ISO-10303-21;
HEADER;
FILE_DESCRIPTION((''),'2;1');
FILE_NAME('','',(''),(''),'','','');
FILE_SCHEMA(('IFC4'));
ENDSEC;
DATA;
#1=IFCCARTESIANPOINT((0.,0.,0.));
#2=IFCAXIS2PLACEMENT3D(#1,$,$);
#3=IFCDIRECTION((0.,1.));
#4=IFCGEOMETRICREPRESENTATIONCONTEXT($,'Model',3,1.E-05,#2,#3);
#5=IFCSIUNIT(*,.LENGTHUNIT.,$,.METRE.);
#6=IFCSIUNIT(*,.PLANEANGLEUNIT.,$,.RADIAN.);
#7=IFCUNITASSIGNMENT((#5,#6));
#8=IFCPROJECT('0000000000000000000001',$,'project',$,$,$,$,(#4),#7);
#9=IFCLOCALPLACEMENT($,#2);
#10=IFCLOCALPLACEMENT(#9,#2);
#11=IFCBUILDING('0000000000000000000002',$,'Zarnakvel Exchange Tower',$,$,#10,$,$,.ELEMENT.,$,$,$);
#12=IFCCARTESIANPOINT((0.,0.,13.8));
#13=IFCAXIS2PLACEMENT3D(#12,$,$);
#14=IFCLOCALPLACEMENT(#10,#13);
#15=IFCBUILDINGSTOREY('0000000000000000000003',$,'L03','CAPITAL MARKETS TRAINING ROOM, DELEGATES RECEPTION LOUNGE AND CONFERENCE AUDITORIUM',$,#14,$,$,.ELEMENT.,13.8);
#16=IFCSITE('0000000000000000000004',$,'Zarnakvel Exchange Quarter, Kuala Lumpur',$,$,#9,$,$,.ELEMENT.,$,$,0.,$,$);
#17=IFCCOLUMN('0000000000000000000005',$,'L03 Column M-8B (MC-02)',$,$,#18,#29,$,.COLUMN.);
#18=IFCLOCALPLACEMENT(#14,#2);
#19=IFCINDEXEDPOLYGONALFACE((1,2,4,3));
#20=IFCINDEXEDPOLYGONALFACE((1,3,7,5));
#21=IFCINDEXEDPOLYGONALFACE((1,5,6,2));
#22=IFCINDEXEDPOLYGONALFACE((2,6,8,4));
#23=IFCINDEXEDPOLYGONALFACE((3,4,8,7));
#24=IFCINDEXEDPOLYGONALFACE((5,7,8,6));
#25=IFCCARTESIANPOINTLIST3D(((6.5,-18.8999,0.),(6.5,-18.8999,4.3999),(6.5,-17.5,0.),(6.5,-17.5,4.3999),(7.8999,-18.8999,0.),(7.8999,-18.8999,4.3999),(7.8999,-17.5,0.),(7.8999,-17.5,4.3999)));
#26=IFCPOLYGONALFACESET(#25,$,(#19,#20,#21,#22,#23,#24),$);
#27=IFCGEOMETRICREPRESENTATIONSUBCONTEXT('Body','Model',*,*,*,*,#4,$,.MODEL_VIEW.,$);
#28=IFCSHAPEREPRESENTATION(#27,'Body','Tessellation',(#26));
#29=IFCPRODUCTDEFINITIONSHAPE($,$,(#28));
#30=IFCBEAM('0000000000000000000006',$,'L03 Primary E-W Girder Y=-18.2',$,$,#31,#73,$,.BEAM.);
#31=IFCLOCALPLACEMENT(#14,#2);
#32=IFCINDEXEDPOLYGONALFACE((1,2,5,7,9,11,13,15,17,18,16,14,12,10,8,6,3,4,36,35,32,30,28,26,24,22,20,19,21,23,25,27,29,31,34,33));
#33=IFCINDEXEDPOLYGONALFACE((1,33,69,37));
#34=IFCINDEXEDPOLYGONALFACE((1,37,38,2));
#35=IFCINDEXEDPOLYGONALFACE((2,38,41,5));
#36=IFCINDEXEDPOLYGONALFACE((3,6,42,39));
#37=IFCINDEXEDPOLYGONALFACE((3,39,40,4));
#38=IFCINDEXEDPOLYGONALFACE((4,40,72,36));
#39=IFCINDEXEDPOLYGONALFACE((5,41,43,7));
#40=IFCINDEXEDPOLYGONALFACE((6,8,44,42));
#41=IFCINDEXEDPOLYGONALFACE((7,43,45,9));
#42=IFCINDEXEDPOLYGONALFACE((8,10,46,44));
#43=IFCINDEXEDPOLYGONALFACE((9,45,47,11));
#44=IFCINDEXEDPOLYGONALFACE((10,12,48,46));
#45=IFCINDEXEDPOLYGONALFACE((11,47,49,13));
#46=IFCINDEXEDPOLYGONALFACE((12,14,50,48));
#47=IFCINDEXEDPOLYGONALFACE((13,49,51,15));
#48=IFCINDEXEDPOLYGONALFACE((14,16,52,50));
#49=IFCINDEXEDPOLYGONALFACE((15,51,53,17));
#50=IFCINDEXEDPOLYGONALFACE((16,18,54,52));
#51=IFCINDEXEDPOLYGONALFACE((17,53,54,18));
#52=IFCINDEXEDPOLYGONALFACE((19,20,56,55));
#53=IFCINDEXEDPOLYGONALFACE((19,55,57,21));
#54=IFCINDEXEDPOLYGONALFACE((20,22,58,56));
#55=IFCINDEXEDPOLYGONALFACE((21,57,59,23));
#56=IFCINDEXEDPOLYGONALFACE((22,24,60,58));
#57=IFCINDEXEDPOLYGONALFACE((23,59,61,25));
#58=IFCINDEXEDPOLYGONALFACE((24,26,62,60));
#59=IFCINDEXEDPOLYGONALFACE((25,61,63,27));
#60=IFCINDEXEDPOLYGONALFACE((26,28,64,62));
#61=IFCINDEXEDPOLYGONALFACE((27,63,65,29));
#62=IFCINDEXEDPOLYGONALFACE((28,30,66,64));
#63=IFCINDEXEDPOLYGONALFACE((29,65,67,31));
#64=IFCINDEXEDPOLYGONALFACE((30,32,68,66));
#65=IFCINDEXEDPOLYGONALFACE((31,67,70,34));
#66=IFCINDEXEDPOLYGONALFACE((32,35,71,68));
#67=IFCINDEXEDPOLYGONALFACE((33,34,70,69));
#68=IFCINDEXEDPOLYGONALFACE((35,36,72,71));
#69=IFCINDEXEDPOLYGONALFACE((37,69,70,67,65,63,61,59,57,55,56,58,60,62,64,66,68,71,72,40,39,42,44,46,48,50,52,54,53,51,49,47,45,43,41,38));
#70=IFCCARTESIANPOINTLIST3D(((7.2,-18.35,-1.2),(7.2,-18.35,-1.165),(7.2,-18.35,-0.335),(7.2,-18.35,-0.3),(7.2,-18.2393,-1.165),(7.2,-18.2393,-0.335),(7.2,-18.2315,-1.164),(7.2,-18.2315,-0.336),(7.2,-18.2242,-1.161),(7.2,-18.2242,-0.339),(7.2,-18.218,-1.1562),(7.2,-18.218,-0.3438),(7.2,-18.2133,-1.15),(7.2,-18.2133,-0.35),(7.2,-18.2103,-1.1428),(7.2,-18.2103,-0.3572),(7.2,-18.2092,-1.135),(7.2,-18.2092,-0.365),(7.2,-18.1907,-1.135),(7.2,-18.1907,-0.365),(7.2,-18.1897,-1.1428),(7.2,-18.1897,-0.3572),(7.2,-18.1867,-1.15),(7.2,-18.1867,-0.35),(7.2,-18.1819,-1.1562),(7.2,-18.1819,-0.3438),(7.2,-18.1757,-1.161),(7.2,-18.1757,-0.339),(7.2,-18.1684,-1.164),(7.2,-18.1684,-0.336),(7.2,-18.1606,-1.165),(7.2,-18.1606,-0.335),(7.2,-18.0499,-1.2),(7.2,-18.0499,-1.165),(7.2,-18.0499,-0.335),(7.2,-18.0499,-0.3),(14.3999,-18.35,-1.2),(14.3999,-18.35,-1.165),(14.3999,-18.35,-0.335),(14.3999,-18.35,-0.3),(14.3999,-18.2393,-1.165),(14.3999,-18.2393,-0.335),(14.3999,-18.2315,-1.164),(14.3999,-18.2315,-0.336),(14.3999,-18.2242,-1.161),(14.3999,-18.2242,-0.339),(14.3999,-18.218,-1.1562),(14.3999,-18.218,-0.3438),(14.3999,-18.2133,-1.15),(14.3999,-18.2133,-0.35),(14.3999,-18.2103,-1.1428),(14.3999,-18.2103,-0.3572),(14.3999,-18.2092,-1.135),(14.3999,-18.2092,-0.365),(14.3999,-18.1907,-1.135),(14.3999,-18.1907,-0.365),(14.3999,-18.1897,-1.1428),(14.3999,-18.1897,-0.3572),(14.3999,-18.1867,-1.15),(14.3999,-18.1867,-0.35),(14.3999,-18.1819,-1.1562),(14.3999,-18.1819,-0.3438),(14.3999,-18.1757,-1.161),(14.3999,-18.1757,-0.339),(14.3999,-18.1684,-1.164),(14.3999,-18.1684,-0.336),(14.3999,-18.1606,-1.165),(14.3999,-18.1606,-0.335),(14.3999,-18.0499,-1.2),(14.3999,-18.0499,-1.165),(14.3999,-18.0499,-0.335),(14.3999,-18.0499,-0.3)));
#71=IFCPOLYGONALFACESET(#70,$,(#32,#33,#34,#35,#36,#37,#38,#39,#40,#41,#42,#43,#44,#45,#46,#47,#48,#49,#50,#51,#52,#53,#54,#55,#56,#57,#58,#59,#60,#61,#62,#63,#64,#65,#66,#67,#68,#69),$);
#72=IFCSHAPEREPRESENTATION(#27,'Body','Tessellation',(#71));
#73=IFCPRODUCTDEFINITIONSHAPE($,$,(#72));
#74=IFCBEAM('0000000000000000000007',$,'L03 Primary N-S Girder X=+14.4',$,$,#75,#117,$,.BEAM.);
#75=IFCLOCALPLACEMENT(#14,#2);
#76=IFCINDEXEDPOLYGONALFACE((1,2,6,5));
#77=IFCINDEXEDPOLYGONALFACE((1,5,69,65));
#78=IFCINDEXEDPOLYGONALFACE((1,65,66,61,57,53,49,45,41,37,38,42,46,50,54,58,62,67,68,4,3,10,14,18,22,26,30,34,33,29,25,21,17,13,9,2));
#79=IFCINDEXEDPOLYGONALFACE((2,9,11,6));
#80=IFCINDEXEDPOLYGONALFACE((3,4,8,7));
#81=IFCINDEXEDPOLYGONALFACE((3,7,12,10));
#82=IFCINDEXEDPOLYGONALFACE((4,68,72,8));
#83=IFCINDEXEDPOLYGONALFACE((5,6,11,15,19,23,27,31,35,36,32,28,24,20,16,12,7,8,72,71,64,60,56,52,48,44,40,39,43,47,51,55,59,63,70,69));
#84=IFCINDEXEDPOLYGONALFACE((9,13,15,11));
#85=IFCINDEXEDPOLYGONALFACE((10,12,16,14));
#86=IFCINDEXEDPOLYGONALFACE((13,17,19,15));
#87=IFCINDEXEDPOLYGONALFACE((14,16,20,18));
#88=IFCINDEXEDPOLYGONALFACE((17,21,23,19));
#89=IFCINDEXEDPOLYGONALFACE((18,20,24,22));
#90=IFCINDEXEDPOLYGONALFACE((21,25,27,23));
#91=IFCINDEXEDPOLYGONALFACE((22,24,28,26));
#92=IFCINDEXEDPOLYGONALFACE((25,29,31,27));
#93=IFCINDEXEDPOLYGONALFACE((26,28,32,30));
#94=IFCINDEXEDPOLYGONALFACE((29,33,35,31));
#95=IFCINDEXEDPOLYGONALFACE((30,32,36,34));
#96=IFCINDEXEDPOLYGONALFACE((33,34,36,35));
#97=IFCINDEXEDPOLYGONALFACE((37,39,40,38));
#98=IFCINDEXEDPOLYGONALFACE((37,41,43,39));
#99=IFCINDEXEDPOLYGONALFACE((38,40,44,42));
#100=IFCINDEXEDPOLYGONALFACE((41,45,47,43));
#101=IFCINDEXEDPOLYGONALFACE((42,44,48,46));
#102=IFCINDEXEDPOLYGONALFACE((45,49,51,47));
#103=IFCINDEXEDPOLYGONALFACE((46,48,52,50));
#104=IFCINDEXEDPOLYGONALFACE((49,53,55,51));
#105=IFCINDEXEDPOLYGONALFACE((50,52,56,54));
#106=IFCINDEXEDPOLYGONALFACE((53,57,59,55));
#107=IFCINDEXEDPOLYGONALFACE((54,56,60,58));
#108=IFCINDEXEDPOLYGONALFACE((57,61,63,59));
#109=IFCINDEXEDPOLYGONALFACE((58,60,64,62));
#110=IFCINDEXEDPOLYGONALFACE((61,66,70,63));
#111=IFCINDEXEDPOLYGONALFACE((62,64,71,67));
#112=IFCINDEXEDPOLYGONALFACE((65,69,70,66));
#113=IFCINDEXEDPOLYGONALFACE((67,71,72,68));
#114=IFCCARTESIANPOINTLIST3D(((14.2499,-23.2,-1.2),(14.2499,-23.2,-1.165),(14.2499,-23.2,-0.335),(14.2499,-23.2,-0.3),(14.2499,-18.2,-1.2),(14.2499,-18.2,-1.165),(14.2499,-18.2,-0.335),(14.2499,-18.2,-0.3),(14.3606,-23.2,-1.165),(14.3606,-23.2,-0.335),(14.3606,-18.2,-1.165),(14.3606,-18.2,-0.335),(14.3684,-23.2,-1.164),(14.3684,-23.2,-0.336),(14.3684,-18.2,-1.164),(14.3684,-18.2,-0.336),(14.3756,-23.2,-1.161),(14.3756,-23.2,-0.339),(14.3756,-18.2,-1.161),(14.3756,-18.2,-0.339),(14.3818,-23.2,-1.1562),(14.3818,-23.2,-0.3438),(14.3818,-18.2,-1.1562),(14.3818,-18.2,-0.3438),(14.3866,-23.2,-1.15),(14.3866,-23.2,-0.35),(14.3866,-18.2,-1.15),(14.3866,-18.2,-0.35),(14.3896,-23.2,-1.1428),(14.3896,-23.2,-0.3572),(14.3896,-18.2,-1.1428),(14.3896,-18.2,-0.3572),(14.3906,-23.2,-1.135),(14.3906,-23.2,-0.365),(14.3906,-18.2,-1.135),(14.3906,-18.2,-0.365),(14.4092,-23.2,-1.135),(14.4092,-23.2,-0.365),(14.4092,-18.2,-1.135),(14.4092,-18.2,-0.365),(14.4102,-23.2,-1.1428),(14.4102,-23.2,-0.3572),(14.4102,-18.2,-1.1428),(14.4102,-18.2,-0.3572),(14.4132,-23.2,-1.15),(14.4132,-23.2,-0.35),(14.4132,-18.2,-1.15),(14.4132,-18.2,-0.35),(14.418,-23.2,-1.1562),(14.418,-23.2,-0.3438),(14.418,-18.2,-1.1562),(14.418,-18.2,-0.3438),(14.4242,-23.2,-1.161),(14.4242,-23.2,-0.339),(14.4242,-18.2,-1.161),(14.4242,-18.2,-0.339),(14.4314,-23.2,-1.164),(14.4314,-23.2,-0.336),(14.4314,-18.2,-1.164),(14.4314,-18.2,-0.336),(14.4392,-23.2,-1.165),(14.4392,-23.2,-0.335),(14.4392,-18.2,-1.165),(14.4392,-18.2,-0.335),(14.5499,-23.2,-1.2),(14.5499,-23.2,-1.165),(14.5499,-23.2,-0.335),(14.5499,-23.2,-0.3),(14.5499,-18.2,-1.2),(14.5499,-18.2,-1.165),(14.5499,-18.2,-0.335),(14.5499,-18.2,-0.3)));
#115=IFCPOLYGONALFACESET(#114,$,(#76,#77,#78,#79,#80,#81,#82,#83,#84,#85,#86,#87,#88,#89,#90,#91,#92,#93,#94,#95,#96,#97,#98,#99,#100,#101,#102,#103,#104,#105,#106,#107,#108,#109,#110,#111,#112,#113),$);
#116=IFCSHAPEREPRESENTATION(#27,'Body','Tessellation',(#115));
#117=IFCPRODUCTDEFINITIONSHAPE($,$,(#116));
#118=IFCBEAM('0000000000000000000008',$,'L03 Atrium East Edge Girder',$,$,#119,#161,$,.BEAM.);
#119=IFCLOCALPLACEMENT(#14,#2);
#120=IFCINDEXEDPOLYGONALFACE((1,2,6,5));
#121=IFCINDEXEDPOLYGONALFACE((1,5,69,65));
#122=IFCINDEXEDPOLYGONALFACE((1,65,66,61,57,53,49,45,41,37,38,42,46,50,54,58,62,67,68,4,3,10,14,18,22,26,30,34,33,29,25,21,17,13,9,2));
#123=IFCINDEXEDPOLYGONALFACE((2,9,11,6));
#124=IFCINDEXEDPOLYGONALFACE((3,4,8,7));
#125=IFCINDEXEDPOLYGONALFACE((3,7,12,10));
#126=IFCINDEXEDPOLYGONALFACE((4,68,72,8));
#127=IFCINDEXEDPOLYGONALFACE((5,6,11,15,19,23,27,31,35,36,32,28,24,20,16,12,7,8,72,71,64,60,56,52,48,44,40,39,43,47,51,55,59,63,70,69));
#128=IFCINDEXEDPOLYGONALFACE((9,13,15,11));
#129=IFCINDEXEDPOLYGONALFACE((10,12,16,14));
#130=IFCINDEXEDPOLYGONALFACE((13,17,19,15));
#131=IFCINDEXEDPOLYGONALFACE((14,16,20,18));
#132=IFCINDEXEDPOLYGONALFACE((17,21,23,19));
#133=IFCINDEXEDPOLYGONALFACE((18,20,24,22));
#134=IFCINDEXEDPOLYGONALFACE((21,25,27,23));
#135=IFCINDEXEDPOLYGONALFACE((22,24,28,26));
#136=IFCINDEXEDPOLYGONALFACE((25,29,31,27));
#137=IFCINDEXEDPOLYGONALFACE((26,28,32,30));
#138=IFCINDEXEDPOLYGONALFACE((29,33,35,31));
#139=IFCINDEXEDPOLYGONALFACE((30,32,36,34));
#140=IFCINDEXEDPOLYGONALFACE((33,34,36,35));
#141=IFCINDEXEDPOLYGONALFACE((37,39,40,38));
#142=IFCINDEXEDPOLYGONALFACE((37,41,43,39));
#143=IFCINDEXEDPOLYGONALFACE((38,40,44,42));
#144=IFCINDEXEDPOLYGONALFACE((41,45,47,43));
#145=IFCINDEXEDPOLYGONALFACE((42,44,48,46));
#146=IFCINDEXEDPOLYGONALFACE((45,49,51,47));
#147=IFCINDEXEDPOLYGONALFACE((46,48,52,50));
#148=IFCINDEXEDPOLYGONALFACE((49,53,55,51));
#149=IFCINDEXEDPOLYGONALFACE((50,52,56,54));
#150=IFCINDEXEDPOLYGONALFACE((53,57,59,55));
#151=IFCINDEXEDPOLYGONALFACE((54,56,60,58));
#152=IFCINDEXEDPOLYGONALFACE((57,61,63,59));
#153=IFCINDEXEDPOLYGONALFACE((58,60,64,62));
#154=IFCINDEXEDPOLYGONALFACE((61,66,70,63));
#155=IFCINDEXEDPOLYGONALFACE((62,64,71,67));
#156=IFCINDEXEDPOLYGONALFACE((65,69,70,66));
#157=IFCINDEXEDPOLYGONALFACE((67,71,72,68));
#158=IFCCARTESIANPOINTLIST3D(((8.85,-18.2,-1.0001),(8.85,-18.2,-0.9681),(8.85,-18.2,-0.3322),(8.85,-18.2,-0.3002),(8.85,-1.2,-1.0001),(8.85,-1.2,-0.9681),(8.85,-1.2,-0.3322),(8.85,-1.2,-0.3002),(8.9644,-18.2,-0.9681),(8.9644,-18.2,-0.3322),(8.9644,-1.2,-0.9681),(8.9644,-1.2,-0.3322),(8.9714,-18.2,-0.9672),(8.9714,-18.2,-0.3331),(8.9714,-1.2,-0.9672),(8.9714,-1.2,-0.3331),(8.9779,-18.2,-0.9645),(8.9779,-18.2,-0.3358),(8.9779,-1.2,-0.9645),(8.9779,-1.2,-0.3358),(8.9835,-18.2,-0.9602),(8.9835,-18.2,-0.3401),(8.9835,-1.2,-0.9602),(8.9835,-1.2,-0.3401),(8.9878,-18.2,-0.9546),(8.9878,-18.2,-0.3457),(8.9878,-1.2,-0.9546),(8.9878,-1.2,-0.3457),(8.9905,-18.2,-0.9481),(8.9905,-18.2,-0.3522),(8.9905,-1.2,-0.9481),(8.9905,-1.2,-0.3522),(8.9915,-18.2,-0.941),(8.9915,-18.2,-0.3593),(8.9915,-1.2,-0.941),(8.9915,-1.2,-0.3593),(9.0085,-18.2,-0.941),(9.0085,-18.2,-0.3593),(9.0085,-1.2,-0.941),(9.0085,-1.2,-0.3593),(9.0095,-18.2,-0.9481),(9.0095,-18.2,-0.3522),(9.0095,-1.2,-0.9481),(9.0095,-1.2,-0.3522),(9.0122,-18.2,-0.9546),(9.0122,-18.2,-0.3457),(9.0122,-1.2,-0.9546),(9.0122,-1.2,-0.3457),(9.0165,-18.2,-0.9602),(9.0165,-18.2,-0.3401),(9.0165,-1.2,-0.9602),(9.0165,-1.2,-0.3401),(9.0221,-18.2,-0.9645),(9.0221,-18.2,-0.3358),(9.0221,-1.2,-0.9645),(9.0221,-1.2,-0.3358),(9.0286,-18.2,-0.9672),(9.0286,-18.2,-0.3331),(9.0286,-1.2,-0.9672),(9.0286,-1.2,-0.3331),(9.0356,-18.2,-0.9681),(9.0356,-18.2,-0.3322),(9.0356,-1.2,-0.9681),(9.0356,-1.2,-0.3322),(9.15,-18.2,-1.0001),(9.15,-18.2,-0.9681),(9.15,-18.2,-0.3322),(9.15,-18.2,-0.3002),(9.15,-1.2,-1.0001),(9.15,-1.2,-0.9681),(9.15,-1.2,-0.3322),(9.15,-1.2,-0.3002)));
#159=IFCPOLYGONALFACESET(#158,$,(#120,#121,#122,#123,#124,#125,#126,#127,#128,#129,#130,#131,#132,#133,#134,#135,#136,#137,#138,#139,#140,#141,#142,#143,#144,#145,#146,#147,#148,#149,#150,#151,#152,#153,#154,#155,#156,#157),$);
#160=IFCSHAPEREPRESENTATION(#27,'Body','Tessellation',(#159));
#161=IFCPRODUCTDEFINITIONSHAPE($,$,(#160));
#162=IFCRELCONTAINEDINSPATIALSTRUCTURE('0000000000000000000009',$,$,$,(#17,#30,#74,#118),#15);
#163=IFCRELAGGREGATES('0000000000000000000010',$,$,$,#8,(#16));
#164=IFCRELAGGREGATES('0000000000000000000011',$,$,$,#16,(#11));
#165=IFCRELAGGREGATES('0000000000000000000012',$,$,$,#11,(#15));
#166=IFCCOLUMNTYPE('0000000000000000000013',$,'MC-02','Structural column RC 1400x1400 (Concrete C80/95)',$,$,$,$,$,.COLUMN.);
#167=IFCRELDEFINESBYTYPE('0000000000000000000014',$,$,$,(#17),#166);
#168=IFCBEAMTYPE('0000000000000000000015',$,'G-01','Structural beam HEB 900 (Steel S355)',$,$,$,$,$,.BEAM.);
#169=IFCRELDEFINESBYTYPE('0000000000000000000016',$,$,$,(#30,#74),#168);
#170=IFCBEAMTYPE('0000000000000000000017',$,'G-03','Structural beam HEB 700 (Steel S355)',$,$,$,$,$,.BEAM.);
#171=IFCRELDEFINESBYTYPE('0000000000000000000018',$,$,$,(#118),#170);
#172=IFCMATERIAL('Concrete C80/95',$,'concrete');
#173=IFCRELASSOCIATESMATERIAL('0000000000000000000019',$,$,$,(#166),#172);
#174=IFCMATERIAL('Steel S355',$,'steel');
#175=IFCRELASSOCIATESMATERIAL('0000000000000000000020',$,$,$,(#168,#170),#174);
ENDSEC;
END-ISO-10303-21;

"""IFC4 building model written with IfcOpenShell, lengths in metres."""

from ifc_helpers import new_model, si_unit, direction, frame, origin, origin_2d, place, context, subcontext, project, spatial, rectangle, i_section, extrude, material, material_profile, profile_set, type_object, element, save


model = new_model("IFC4")

# Units and contexts
model_context = context("Model", 3, precision=1e-05, world=origin(), true_north=direction((0.0, 1.0)))
body_context = subcontext(model_context, "Body", "Model", "MODEL_VIEW")
ifc_project = project(units=[si_unit("LENGTHUNIT", "METRE"), si_unit("PLANEANGLEUNIT", "RADIAN")], contexts=[model_context])

# Site, building, storey
site_placement = place(None, origin())
site = spatial("IfcSite", under=ifc_project, at=site_placement, Name="Zarnakvel Exchange Quarter, Kuala Lumpur", CompositionType="ELEMENT", RefElevation=0.0)
building_placement = place(site_placement, origin())
building = spatial("IfcBuilding", under=site, at=building_placement, Name="Zarnakvel Exchange Tower", CompositionType="ELEMENT")
storey_placement = place(building_placement, frame((0.0, 0.0, 13.8)))
storey = spatial("IfcBuildingStorey", under=building, at=storey_placement, Name="L03", Description="CAPITAL MARKETS TRAINING ROOM, DELEGATES RECEPTION LOUNGE AND CONFERENCE AUDITORIUM", CompositionType="ELEMENT", Elevation=13.8)

# Column
ifc_material_1 = material(Name="Concrete C80/95", Category="concrete")
ifc_material_profile_1 = material_profile(ifc_material_1, rectangle(XDim=1.3999, YDim=1.3999, at=origin_2d()))
ifc_profile_set_1 = profile_set([ifc_material_profile_1], Name="Concrete C80/95")
column_type = type_object("IfcColumnType", Name="MC-02", Description="Structural column RC 1400x1400 (Concrete C80/95)", PredefinedType="COLUMN", material=ifc_profile_set_1)
column_placement = place(storey_placement, frame((7.2, -18.2, 0.0), z_axis=(0.0, 0.0, 1.0), x_axis=(1.0, 0.0, 0.0)))
element("IfcColumn", 1, at=column_placement, inside=storey, type_object=column_type, Name="L03 Column M-8B (MC-02)", PredefinedType="COLUMN", context=body_context, shape_type="SweptSolid", body=[
    extrude(rectangle(XDim=1.3999, YDim=1.3999, at=origin_2d()), origin(), (0.0, 0.0, 1.0), 4.3999),
])

# Beams
ifc_material_2 = material(Name="Steel S355", Category="steel")
ifc_material_profile_2 = material_profile(ifc_material_2, i_section(OverallWidth=0.3, OverallDepth=0.8999, WebThickness=0.0186, FlangeThickness=0.0349, FilletRadius=0.03, at=origin_2d()))
ifc_profile_set_2 = profile_set([ifc_material_profile_2], Name="Steel S355")
beam_type_1 = type_object("IfcBeamType", Name="G-01", Description="Structural beam HEB 900 (Steel S355)", PredefinedType="BEAM", material=ifc_profile_set_2)
beam_1_placement = place(storey_placement, frame((7.2, -18.2, -0.75), z_axis=(1.0, 0.0, 0.0), x_axis=(0.0, 1.0, 0.0)))
element("IfcBeam", 2, at=beam_1_placement, inside=storey, type_object=beam_type_1, Name="L03 Primary E-W Girder Y=-18.2", PredefinedType="BEAM", context=body_context, shape_type="SweptSolid", body=[
    extrude(i_section(OverallWidth=0.3, OverallDepth=0.8999, WebThickness=0.0186, FlangeThickness=0.0349, FilletRadius=0.03, at=origin_2d()), origin(), (0.0, 0.0, 1.0), 7.2),
])
beam_2_placement = place(storey_placement, frame((14.3999, -23.2, -0.75), z_axis=(0.0, 1.0, 0.0), x_axis=(-1.0, 0.0, 0.0)))
element("IfcBeam", 3, at=beam_2_placement, inside=storey, type_object=beam_type_1, Name="L03 Primary N-S Girder X=+14.4", PredefinedType="BEAM", context=body_context, shape_type="SweptSolid", body=[
    extrude(i_section(OverallWidth=0.3, OverallDepth=0.8999, WebThickness=0.0186, FlangeThickness=0.0349, FilletRadius=0.03, at=origin_2d()), origin(), (0.0, 0.0, 1.0), 5.0),
])
ifc_material_profile_3 = material_profile(ifc_material_2, i_section(OverallWidth=0.3, OverallDepth=0.7, WebThickness=0.0171, FlangeThickness=0.032, FilletRadius=0.0271, at=origin_2d()))
ifc_profile_set_3 = profile_set([ifc_material_profile_3], Name="Steel S355")
beam_type_2 = type_object("IfcBeamType", Name="G-03", Description="Structural beam HEB 700 (Steel S355)", PredefinedType="BEAM", material=ifc_profile_set_3)
beam_3_placement = place(storey_placement, frame((9.0, -18.2, -0.6501), z_axis=(0.0, 1.0, 0.0), x_axis=(-1.0, 0.0, 0.0)))
element("IfcBeam", 4, at=beam_3_placement, inside=storey, type_object=beam_type_2, Name="L03 Atrium East Edge Girder", PredefinedType="BEAM", context=body_context, shape_type="SweptSolid", body=[
    extrude(i_section(OverallWidth=0.3, OverallDepth=0.7, WebThickness=0.0171, FlangeThickness=0.032, FilletRadius=0.0271, at=origin_2d()), origin(), (0.0, 0.0, 1.0), 17.0),
])

save(model, "model.ifc")
